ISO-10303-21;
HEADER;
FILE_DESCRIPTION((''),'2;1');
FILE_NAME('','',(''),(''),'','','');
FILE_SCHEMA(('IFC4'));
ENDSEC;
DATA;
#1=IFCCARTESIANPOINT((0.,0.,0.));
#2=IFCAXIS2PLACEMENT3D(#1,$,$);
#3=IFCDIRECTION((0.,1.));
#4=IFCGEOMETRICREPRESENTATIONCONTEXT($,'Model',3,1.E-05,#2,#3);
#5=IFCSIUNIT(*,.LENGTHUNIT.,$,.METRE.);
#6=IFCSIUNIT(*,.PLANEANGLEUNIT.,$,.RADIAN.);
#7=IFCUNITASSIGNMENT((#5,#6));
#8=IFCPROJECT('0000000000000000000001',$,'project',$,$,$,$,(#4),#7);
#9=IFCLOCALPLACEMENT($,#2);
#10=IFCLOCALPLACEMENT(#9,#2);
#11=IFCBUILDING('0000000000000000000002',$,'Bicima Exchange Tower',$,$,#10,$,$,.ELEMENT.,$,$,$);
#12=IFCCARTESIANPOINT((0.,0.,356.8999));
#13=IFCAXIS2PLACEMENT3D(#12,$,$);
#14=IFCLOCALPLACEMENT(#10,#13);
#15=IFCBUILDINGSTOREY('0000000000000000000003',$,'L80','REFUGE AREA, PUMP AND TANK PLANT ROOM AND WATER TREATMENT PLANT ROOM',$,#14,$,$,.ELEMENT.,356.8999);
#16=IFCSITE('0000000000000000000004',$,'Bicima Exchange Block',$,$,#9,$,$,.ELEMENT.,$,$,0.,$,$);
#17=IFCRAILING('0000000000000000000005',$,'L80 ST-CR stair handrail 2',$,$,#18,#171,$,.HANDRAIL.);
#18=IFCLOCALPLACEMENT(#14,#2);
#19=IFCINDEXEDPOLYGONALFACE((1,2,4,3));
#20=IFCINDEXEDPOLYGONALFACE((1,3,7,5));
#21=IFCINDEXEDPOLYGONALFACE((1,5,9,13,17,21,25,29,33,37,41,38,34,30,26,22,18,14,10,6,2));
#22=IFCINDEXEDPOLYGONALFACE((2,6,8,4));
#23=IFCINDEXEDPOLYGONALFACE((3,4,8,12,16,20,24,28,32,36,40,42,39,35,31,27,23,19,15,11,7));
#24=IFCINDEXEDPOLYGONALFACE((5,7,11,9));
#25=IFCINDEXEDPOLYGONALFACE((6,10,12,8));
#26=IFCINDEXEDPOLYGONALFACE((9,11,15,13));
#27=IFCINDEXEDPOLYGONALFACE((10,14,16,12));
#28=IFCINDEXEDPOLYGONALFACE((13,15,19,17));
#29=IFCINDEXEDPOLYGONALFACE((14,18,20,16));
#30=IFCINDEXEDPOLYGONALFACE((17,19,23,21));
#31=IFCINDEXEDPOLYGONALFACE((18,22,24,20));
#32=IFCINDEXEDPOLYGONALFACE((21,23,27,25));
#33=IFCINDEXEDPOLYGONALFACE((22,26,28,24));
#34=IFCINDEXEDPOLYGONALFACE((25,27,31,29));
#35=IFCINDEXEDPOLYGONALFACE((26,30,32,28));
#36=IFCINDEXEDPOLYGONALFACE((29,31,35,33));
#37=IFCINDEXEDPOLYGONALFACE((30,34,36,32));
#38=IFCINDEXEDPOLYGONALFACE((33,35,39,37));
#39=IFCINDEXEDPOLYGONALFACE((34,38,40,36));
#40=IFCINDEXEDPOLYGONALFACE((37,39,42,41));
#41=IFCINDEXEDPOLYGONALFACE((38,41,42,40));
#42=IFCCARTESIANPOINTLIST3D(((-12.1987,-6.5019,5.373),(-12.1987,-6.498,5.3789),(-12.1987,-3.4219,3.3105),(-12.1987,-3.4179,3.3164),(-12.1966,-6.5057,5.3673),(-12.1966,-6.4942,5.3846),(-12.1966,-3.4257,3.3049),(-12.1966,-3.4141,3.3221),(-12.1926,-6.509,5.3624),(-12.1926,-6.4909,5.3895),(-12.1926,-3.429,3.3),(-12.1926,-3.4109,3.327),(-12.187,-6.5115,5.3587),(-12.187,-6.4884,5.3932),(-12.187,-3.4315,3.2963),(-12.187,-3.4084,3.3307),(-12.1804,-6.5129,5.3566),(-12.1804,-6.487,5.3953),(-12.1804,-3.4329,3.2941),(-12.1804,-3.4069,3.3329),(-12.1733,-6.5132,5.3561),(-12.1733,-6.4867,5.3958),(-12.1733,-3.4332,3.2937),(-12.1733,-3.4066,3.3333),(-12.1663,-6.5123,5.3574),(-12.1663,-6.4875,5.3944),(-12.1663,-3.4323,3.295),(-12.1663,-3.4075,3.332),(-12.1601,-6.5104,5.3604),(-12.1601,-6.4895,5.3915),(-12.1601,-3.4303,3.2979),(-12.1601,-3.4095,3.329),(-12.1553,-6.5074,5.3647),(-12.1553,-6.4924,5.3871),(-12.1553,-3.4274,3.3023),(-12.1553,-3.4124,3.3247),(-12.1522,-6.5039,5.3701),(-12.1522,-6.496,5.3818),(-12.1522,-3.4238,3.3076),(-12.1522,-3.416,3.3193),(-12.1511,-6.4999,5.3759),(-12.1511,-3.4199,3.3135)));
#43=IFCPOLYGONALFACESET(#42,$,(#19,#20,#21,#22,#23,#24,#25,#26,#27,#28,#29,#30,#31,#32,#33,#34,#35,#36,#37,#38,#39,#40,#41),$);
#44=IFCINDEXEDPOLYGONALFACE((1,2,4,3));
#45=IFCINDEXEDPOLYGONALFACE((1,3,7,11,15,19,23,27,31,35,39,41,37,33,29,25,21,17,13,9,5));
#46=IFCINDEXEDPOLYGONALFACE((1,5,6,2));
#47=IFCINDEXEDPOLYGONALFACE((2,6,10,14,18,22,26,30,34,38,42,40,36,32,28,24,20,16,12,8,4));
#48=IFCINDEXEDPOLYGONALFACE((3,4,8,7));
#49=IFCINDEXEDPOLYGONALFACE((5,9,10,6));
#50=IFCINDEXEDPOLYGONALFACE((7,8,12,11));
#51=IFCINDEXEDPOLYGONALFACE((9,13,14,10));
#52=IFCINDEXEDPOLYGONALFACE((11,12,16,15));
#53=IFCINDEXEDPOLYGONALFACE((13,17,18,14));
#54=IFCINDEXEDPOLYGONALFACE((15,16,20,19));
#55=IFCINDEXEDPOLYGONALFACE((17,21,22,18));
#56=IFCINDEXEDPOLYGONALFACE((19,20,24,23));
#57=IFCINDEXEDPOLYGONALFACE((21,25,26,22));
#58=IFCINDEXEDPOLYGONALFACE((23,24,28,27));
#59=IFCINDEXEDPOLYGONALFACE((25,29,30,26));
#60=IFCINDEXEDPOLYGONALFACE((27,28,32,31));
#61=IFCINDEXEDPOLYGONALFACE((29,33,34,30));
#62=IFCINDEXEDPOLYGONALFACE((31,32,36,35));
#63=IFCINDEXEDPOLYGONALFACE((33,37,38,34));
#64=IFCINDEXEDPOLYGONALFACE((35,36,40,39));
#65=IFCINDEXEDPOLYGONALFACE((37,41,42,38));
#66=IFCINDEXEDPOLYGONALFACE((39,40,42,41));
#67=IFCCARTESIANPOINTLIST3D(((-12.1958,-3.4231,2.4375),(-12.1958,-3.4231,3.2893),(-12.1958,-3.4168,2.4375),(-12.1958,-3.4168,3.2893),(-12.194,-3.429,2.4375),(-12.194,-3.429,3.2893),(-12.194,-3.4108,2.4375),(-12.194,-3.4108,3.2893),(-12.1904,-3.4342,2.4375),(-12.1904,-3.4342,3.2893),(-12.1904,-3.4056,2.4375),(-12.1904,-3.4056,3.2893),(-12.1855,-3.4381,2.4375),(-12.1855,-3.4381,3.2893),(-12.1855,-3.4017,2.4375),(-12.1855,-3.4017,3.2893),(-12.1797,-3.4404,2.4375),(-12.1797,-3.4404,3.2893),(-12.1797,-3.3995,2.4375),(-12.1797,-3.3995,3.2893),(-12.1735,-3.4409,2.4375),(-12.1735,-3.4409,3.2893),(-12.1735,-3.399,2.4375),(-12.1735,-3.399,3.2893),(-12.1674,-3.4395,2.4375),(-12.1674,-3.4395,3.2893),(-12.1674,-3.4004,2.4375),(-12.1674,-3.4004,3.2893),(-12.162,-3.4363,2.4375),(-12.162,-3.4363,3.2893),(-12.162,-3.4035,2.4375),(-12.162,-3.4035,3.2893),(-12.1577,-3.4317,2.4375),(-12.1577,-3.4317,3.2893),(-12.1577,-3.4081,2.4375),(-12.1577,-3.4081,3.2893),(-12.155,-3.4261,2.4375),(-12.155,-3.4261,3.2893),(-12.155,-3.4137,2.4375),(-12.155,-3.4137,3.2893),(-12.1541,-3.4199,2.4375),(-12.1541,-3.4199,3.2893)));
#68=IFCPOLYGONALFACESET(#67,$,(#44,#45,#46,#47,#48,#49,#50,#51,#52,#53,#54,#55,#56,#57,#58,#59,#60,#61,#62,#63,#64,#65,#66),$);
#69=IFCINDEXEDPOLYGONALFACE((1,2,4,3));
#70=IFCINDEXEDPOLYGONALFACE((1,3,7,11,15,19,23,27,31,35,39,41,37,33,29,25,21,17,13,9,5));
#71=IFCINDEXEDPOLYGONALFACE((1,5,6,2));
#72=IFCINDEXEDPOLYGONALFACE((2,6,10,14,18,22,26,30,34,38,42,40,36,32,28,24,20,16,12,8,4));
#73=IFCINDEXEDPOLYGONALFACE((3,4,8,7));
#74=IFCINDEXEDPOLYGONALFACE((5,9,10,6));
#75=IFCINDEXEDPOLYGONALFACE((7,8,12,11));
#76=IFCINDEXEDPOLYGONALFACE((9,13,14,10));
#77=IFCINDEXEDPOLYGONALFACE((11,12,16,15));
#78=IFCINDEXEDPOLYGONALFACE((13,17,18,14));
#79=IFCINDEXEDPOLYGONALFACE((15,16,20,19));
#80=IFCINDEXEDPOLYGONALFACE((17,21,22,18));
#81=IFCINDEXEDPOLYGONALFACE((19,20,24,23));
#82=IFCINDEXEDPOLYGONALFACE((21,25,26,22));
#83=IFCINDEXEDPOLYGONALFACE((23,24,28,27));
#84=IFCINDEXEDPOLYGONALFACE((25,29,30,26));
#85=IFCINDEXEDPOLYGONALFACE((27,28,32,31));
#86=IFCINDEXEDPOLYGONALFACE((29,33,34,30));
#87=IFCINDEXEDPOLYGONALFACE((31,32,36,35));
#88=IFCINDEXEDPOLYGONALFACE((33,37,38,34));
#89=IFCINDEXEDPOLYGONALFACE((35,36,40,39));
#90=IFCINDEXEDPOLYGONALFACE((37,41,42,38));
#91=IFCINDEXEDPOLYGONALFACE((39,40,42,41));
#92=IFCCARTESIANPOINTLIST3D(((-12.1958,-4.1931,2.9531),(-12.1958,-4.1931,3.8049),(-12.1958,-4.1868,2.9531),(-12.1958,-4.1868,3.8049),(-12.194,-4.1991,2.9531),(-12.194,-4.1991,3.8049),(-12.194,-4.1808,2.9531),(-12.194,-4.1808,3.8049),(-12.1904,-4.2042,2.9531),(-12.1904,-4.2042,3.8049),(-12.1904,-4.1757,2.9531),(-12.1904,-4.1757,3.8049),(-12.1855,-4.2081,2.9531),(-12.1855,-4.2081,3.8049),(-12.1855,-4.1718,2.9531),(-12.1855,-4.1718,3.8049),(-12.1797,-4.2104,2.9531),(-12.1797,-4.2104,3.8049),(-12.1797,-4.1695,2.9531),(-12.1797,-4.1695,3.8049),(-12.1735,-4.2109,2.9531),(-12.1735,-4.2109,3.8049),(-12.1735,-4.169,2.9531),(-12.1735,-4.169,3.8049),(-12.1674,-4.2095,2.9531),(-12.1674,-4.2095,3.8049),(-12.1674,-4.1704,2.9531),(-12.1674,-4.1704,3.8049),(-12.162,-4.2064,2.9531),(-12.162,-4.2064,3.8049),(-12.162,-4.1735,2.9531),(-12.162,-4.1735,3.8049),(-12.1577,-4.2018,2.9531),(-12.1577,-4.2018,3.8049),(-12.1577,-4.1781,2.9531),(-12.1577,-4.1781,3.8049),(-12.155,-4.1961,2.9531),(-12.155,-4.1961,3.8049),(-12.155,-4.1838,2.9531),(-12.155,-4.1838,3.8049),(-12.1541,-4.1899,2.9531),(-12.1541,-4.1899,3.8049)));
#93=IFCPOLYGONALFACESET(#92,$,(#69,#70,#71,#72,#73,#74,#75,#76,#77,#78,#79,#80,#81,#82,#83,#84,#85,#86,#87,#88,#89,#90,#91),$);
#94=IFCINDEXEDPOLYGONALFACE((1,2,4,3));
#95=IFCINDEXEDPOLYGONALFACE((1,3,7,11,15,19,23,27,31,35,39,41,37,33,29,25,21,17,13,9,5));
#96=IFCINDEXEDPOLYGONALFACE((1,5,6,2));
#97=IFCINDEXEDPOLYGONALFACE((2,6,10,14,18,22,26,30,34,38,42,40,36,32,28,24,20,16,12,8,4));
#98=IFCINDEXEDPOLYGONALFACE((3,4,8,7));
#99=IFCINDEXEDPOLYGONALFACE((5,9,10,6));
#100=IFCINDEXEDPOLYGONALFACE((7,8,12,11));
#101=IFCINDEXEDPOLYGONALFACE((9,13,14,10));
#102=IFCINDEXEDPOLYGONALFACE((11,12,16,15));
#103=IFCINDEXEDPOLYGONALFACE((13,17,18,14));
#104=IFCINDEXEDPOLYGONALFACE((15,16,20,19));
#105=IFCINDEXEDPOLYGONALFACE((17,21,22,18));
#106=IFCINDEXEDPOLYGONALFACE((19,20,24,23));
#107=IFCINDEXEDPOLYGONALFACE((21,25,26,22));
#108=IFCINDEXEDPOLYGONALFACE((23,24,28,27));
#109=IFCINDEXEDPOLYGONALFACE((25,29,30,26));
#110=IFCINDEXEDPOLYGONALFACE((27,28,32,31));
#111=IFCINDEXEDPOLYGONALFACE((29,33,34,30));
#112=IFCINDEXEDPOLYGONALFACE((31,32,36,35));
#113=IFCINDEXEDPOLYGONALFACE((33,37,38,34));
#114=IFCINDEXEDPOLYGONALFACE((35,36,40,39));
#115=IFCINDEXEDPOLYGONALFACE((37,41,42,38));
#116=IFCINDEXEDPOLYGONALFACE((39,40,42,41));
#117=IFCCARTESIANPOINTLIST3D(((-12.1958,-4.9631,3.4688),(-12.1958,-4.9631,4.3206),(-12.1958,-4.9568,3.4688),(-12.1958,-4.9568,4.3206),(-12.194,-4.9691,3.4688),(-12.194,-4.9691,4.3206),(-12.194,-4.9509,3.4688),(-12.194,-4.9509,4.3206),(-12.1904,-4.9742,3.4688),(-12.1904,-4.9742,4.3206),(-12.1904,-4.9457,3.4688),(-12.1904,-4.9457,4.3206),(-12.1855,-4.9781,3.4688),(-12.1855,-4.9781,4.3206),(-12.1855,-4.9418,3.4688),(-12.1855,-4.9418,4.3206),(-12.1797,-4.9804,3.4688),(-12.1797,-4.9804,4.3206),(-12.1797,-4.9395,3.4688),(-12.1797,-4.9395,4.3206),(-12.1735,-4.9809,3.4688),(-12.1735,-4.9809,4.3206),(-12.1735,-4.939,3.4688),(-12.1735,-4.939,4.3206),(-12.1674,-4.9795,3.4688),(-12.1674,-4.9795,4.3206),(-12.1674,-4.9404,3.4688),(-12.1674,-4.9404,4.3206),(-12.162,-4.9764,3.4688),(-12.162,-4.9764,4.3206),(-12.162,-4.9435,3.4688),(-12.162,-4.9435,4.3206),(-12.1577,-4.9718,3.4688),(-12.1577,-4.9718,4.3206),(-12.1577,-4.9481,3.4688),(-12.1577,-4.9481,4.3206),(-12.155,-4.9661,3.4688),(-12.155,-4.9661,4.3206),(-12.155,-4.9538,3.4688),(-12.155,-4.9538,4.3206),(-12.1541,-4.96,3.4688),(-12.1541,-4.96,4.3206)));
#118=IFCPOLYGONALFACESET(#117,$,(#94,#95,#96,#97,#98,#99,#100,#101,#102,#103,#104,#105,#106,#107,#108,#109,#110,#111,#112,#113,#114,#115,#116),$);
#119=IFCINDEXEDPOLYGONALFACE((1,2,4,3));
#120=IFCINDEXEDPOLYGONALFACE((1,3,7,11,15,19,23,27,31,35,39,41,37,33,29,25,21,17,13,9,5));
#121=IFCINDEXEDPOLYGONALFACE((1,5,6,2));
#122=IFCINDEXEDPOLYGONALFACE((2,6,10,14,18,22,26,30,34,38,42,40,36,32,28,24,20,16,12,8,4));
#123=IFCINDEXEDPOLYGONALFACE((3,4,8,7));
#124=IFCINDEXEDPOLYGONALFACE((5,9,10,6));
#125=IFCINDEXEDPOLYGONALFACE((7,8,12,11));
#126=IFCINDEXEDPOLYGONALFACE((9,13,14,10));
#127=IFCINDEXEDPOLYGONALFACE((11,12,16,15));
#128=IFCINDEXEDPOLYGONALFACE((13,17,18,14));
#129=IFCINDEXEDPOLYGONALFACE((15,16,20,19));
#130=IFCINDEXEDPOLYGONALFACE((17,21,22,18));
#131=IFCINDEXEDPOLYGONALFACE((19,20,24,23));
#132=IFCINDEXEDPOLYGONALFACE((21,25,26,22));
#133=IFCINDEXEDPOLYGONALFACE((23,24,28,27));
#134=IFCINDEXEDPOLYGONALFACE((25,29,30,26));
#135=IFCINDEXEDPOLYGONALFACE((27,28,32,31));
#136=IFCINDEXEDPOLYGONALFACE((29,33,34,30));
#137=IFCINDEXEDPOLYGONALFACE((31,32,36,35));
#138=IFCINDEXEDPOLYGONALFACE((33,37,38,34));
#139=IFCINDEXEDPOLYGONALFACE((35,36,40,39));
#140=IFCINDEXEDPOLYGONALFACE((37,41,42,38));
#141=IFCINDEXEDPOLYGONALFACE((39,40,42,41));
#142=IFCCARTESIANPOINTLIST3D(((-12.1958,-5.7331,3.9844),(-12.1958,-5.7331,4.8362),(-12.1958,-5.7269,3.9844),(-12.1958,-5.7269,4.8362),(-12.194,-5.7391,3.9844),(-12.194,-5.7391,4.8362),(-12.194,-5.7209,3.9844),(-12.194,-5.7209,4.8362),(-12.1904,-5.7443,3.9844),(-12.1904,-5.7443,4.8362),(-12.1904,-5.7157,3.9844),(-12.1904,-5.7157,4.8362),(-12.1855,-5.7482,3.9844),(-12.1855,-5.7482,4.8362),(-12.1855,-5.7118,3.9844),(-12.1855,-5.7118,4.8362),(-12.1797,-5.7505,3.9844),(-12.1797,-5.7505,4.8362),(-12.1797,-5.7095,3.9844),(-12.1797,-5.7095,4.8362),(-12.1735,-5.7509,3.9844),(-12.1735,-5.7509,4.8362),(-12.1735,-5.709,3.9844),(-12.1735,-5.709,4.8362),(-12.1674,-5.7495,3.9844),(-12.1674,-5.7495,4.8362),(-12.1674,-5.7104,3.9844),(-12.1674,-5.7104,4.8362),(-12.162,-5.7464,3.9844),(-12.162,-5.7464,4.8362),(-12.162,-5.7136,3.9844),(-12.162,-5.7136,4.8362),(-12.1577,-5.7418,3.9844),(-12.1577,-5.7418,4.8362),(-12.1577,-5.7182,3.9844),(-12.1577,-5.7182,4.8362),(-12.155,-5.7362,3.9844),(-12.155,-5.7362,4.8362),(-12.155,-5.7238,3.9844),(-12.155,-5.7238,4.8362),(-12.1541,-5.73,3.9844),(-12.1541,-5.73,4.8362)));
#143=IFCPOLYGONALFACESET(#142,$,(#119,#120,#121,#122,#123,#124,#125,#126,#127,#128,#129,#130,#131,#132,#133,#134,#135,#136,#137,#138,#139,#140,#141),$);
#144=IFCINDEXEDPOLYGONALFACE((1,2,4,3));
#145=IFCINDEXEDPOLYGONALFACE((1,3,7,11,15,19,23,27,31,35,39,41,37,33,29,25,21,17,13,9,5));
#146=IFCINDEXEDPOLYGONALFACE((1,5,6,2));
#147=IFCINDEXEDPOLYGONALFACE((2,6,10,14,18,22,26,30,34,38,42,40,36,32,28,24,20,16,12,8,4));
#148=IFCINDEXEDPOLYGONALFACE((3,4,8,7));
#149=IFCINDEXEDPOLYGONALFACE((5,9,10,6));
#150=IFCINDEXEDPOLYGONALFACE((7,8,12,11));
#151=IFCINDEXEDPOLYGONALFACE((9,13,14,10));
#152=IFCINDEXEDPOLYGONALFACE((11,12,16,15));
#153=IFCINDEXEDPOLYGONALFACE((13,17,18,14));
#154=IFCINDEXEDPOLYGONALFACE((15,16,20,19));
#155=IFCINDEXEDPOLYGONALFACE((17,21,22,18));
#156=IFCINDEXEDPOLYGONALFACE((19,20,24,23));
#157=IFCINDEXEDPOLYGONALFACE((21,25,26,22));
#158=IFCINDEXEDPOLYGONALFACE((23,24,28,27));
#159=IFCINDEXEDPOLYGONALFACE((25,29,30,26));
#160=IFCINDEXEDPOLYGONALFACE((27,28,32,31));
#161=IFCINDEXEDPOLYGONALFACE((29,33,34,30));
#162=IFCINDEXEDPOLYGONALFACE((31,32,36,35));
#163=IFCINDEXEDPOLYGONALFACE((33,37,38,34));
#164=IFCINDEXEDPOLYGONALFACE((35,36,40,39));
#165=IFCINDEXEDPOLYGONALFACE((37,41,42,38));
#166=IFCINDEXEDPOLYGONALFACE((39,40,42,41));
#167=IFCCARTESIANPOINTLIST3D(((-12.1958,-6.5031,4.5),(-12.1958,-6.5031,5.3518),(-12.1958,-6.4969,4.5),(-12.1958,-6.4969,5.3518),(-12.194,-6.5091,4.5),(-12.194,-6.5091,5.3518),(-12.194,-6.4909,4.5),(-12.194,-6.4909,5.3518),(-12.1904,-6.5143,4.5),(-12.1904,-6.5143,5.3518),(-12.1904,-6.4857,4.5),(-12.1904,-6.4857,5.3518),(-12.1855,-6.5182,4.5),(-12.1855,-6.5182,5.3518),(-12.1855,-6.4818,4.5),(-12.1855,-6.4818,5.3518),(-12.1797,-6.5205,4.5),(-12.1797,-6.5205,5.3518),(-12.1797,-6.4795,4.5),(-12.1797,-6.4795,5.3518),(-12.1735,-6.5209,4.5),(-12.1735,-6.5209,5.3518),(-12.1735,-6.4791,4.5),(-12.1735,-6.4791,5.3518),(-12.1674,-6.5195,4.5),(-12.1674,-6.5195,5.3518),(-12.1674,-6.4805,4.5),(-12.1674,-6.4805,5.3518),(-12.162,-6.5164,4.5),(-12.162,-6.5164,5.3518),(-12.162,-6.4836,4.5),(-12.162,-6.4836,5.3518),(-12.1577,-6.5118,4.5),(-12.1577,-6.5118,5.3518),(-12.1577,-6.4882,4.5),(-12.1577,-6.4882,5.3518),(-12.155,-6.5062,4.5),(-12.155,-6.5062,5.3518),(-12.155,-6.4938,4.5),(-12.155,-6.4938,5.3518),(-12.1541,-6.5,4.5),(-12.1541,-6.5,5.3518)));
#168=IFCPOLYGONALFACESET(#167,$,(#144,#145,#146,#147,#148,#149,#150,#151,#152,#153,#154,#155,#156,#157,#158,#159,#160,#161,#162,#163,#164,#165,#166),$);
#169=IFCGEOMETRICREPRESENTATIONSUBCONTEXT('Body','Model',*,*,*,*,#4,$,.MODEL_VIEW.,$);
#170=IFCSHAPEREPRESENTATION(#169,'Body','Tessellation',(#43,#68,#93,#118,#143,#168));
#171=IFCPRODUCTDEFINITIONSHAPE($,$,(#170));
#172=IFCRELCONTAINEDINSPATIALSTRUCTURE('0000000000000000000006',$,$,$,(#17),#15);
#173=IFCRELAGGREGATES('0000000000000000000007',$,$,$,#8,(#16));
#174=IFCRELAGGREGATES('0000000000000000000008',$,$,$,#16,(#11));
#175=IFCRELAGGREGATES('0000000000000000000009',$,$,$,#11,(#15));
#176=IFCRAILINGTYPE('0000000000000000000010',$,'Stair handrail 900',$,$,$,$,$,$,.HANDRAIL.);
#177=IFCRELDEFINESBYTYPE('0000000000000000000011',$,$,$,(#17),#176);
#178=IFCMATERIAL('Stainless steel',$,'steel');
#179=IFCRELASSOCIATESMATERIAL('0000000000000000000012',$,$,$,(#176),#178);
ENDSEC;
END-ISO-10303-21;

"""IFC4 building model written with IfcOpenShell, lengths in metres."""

from ifc_helpers import new_model, si_unit, direction, frame, origin, origin_2d, place, context, subcontext, project, spatial, circle, extrude, material, type_object, element, save


model = new_model("IFC4")

# Units and contexts
model_context = context("Model", 3, precision=1e-05, world=origin(), true_north=direction((0.0, 1.0)))
body_context = subcontext(model_context, "Body", "Model", "MODEL_VIEW")
ifc_project = project(units=[si_unit("LENGTHUNIT", "METRE"), si_unit("PLANEANGLEUNIT", "RADIAN")], contexts=[model_context])

# Site, building, storey
site_placement = place(None, origin())
site = spatial("IfcSite", under=ifc_project, at=site_placement, Name="Bicima Exchange Block", CompositionType="ELEMENT", RefElevation=0.0)
building_placement = place(site_placement, origin())
building = spatial("IfcBuilding", under=site, at=building_placement, Name="Bicima Exchange Tower", CompositionType="ELEMENT")
storey_placement = place(building_placement, frame((0.0, 0.0, 356.8999)))
storey = spatial("IfcBuildingStorey", under=building, at=storey_placement, Name="L80", Description="REFUGE AREA, PUMP AND TANK PLANT ROOM AND WATER TREATMENT PLANT ROOM", CompositionType="ELEMENT", Elevation=356.8999)

# Railing
ifc_material_1 = material(Name="Stainless steel", Category="steel")
railing_type_1 = type_object("IfcRailingType", Name="Stair handrail 900", PredefinedType="HANDRAIL", material=ifc_material_1)
railing_1_placement = place(storey_placement, frame((-12.175, -3.4199, 2.4375)))
element("IfcRailing", 1, at=railing_1_placement, inside=storey, type_object=railing_type_1, Name="L80 ST-CR stair handrail 2", PredefinedType="HANDRAIL", context=body_context, shape_type="SweptSolid", body=[
    extrude(circle(Radius=0.0239, at=origin_2d()), frame((0.0, 0.0, 0.876), z_axis=(0.0, -0.830914, 0.556401), x_axis=(1.0, 0.0, 0.0)), (0.0, 0.0, 1.0), 3.7068),
    extrude(circle(Radius=0.021, at=origin_2d()), origin(), (0.0, 0.0, 1.0), 0.8518),
    extrude(circle(Radius=0.021, at=origin_2d()), frame((0.0, -0.77, 0.5156)), (0.0, 0.0, 1.0), 0.8518),
    extrude(circle(Radius=0.021, at=origin_2d()), frame((0.0, -1.54, 1.0312)), (0.0, 0.0, 1.0), 0.8518),
    extrude(circle(Radius=0.021, at=origin_2d()), frame((0.0, -2.3101, 1.5469)), (0.0, 0.0, 1.0), 0.8518),
    extrude(circle(Radius=0.021, at=origin_2d()), frame((0.0, -3.0801, 2.0625)), (0.0, 0.0, 1.0), 0.8518),
])

save(model, "model.ifc")
